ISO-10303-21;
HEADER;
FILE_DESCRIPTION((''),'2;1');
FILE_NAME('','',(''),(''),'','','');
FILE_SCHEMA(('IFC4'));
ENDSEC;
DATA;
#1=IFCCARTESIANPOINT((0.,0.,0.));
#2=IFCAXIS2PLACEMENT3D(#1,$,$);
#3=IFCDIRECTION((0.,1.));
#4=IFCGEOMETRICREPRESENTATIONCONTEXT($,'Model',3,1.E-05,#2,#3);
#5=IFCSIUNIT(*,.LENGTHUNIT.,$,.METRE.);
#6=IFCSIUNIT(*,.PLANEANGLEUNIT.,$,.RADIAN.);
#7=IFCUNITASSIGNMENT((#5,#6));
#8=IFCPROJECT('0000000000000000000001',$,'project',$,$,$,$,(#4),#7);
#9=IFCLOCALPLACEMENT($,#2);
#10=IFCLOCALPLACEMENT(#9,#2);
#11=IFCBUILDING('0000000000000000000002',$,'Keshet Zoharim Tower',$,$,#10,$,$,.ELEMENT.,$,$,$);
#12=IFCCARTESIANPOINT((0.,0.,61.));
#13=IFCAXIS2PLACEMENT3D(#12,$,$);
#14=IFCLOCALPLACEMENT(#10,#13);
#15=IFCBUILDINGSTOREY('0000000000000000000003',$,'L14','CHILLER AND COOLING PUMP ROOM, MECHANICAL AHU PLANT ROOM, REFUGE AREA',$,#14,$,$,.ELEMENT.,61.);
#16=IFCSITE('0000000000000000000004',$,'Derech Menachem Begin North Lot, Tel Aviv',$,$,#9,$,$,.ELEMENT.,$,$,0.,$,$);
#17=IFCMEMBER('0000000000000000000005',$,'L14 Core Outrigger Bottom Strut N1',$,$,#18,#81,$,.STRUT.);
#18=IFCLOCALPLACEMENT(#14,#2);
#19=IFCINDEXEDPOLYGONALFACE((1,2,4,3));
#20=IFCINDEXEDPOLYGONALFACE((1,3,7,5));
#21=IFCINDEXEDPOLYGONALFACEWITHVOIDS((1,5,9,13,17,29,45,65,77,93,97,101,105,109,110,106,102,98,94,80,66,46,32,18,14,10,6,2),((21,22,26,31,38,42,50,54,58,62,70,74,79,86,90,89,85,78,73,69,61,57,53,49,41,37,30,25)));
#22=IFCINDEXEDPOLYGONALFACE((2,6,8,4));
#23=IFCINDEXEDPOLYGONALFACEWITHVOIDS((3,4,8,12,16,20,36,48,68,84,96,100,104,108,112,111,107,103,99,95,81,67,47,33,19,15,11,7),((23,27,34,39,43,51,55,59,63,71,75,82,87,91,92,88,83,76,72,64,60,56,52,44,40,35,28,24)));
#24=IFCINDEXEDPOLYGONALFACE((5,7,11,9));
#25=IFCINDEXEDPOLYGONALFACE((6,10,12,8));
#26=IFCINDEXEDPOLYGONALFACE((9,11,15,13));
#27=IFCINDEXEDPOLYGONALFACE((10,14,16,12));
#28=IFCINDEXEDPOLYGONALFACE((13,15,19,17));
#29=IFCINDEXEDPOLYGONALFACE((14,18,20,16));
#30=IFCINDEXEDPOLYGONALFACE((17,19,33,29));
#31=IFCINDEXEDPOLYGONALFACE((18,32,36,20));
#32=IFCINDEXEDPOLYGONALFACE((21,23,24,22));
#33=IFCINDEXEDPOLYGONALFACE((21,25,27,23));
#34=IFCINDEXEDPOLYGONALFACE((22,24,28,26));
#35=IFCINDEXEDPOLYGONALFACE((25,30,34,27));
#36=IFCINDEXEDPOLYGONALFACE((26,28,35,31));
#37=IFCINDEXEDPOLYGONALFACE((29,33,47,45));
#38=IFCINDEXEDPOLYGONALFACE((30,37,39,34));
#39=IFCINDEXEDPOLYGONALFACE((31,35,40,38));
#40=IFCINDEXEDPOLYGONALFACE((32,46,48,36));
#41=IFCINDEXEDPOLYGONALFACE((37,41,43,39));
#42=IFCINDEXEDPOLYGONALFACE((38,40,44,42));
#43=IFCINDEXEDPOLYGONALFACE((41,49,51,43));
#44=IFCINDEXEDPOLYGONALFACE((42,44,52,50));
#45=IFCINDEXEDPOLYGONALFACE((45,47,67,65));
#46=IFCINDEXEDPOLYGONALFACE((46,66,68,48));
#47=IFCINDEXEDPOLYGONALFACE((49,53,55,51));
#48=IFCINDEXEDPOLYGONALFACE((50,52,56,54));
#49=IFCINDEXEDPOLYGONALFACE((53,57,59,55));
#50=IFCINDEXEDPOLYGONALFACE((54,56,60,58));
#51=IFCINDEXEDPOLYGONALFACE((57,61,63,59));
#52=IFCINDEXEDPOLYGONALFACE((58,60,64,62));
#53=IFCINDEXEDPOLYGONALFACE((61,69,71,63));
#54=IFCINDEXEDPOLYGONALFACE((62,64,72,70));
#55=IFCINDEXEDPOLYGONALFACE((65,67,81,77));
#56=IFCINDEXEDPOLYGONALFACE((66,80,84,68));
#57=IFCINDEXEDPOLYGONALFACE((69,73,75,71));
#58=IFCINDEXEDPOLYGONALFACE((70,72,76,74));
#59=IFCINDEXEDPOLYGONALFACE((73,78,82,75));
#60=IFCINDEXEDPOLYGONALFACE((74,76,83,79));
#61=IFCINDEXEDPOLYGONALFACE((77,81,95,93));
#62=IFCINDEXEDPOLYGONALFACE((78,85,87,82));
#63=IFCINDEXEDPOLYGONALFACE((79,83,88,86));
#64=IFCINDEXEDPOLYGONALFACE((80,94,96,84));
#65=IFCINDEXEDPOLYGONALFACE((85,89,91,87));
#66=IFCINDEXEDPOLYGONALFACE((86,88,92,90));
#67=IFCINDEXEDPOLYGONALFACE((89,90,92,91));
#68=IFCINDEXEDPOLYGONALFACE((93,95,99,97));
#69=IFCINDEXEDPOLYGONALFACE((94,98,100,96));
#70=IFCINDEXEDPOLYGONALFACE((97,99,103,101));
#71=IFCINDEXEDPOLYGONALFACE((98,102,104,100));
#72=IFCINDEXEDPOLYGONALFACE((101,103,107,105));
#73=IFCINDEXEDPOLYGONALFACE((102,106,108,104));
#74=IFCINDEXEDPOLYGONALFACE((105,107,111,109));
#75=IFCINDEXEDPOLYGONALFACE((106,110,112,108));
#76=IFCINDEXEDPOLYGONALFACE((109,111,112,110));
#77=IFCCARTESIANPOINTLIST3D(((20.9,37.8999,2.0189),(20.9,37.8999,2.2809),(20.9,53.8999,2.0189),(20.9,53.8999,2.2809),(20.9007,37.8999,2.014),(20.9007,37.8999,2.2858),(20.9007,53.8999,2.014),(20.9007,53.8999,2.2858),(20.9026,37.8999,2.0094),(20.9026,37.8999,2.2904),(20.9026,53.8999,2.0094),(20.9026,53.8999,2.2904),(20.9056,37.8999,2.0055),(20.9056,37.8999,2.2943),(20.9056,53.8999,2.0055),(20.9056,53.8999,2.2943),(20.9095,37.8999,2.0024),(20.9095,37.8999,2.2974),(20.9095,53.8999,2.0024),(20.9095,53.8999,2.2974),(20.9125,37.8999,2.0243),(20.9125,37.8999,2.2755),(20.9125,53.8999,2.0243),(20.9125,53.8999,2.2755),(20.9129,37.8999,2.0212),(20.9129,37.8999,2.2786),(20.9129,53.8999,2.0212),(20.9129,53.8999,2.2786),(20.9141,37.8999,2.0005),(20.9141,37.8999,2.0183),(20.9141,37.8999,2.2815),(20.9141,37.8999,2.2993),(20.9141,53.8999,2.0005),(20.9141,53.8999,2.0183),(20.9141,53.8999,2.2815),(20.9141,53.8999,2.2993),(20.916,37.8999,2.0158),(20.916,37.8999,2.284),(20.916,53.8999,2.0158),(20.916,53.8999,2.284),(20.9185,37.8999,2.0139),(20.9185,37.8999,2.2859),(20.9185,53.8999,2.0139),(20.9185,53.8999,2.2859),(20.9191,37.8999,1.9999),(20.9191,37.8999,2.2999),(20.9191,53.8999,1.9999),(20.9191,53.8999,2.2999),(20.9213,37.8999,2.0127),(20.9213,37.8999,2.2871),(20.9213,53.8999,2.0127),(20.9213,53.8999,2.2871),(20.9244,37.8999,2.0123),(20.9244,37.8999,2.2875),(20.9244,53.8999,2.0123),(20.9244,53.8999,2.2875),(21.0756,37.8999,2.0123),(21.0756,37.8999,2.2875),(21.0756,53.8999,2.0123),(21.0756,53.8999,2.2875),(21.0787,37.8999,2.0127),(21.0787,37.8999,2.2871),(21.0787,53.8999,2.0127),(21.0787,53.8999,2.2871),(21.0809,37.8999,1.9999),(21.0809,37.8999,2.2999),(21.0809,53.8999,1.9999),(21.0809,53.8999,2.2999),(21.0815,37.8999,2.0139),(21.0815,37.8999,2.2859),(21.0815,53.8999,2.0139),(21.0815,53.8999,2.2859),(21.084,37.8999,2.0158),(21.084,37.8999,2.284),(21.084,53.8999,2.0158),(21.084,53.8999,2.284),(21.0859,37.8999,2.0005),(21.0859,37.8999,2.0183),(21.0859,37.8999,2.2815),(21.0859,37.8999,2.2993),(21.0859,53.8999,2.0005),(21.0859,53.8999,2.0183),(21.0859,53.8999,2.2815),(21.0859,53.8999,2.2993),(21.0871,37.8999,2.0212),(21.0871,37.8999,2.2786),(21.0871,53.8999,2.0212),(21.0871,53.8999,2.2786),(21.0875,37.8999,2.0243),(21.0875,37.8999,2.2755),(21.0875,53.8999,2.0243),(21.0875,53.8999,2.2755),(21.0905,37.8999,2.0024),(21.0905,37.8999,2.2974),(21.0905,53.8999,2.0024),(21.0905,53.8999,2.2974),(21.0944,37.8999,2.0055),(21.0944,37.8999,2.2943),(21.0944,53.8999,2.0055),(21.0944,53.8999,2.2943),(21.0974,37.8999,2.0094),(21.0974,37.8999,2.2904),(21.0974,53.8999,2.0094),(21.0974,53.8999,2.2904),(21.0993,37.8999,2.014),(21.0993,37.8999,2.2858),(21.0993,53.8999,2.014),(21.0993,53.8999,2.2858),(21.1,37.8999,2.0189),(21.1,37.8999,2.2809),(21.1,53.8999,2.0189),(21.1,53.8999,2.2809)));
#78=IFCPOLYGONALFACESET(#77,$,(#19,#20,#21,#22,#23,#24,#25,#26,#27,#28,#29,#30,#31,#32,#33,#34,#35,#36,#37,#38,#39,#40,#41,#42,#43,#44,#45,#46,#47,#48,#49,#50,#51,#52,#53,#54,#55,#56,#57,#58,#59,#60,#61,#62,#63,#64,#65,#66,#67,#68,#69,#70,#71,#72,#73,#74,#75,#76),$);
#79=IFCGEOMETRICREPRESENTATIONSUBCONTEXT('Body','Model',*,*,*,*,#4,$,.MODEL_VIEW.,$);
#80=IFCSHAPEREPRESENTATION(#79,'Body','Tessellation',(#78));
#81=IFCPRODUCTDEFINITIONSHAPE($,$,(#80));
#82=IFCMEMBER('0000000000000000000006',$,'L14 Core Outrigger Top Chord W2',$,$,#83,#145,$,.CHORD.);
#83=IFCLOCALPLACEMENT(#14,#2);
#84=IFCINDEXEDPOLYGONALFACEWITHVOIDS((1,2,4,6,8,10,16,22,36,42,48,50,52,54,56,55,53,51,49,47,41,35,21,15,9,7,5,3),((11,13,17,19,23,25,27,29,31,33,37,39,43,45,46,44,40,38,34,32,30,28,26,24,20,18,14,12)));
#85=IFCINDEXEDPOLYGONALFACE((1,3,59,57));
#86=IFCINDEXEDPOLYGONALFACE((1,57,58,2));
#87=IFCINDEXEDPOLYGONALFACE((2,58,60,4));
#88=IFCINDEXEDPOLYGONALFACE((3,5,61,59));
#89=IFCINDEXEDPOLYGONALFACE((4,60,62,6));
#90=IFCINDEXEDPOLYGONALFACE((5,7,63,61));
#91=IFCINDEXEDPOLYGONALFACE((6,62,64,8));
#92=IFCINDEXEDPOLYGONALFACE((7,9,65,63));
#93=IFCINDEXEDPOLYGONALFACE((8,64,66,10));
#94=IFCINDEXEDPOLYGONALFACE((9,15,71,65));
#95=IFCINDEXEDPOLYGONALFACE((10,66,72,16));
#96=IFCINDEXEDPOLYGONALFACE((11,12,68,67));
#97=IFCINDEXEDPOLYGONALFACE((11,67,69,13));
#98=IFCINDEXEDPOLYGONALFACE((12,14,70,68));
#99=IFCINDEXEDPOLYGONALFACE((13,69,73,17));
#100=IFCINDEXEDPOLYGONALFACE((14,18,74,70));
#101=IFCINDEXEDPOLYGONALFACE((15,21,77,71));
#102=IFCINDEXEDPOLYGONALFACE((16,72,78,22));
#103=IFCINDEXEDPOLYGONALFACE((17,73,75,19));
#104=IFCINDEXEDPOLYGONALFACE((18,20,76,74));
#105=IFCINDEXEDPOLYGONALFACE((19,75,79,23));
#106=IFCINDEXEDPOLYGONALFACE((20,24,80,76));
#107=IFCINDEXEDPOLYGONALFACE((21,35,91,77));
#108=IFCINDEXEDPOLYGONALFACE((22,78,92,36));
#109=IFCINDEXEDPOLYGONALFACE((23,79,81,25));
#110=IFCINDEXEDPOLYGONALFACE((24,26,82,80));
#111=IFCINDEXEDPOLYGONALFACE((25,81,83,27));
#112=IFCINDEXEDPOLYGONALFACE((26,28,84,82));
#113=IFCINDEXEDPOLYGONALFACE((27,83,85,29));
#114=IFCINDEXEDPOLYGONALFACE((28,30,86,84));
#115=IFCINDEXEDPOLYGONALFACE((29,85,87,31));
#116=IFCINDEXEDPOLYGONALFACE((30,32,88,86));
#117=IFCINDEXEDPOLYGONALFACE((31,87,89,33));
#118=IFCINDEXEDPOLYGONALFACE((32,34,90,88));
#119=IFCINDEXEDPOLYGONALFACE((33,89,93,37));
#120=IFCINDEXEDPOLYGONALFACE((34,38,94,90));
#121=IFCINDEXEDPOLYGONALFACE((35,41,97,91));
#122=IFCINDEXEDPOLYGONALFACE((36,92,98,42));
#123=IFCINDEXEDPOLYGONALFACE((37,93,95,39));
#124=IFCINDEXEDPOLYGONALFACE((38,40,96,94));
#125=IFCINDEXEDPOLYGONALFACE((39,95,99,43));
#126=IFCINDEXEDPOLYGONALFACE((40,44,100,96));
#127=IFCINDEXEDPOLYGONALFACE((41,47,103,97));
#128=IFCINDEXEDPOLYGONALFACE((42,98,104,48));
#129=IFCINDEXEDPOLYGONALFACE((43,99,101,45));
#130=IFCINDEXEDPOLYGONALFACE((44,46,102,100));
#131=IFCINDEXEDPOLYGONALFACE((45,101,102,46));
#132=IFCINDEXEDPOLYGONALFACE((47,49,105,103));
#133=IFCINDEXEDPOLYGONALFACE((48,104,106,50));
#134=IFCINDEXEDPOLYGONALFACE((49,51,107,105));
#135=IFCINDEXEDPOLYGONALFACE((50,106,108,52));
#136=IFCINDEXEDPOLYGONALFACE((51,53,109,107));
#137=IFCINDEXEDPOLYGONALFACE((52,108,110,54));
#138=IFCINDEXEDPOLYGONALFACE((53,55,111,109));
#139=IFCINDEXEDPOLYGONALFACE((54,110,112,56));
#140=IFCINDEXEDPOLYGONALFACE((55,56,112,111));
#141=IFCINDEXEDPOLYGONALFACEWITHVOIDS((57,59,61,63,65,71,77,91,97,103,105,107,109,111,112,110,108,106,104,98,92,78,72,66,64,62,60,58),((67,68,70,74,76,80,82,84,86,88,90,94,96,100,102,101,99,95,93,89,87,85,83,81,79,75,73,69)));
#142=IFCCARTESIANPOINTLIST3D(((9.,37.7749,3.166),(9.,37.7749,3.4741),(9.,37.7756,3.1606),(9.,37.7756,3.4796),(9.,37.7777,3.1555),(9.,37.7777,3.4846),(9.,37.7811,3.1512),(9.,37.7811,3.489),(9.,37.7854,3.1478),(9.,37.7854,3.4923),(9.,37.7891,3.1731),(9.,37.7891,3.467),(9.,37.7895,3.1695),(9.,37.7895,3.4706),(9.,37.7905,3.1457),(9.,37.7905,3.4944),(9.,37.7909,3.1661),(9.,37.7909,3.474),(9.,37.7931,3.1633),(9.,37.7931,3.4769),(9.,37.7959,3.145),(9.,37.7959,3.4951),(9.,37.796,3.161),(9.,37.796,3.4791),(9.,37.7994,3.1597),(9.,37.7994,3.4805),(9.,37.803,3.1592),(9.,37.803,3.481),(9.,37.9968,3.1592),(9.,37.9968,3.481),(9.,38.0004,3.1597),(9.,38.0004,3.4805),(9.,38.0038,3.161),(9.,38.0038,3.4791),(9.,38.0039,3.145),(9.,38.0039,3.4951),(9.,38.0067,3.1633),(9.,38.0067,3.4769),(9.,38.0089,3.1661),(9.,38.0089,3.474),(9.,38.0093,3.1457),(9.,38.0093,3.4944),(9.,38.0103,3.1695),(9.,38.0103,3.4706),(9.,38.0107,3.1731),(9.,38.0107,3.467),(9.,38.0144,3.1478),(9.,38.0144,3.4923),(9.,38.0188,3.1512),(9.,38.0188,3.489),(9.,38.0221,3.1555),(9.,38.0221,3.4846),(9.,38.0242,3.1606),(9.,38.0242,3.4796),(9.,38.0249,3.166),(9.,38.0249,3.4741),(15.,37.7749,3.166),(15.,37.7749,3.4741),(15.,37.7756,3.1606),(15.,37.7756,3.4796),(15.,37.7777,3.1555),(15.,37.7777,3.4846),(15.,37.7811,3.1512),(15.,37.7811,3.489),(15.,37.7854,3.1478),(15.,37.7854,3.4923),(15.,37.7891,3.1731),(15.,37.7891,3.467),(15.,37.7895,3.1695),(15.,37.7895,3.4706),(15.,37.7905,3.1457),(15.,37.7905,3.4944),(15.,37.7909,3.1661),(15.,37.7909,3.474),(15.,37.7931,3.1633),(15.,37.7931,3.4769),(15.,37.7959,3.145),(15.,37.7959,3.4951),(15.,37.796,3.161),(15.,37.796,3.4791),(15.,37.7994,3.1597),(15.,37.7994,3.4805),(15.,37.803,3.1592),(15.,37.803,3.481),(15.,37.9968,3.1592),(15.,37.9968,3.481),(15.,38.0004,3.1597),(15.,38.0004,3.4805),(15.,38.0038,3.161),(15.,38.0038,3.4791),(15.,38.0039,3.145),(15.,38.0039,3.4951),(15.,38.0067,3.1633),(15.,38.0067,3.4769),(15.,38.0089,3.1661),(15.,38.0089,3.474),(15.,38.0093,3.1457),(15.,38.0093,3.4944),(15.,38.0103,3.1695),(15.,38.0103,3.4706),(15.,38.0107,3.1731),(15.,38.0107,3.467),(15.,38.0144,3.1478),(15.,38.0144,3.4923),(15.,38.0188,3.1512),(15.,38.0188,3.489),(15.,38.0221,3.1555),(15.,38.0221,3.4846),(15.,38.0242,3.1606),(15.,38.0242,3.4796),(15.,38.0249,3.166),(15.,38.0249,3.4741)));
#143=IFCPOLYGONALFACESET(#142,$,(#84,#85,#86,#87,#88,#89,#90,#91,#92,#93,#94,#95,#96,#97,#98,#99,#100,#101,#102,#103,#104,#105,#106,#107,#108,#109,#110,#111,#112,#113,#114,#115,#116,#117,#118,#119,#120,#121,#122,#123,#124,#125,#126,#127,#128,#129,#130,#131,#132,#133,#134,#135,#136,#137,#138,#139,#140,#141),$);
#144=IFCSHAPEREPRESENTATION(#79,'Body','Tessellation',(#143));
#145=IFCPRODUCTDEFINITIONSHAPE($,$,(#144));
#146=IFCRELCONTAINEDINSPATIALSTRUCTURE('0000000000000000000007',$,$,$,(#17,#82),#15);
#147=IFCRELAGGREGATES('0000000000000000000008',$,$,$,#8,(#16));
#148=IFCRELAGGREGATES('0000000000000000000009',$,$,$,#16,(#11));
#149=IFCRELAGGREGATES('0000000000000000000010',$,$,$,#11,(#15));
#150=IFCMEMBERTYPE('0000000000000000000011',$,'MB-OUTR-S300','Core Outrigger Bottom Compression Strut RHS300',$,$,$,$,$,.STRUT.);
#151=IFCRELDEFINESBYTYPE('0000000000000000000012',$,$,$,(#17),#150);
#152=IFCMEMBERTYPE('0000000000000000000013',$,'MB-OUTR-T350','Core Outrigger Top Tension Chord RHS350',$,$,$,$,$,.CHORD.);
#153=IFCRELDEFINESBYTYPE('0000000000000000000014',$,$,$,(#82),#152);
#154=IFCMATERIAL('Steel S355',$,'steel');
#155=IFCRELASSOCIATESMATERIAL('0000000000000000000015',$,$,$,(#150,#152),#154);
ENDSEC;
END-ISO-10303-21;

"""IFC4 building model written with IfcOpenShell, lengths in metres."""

from ifc_helpers import new_model, si_unit, direction, frame, origin, origin_2d, place, context, subcontext, project, spatial, hollow_rectangle, extrude, material, material_profile, profile_set, type_object, element, save


model = new_model("IFC4")

# Units and contexts
model_context = context("Model", 3, precision=1e-05, world=origin(), true_north=direction((0.0, 1.0)))
body_context = subcontext(model_context, "Body", "Model", "MODEL_VIEW")
ifc_project = project(units=[si_unit("LENGTHUNIT", "METRE"), si_unit("PLANEANGLEUNIT", "RADIAN")], contexts=[model_context])

# Site, building, storey
site_placement = place(None, origin())
site = spatial("IfcSite", under=ifc_project, at=site_placement, Name="Derech Menachem Begin North Lot, Tel Aviv", CompositionType="ELEMENT", RefElevation=0.0)
building_placement = place(site_placement, origin())
building = spatial("IfcBuilding", under=site, at=building_placement, Name="Keshet Zoharim Tower", CompositionType="ELEMENT")
storey_placement = place(building_placement, frame((0.0, 0.0, 61.0)))
storey = spatial("IfcBuildingStorey", under=building, at=storey_placement, Name="L14", Description="CHILLER AND COOLING PUMP ROOM, MECHANICAL AHU PLANT ROOM, REFUGE AREA", CompositionType="ELEMENT", Elevation=61.0)

# Shared definitions
ifc_material_1 = material(Name="Steel S355", Category="steel")

# Members
ifc_material_profile_1 = material_profile(ifc_material_1, hollow_rectangle(XDim=0.2, YDim=0.3, WallThickness=0.0125, InnerFilletRadius=0.012, OuterFilletRadius=0.019, at=origin_2d()), Name="RHS300x200x12.5")
ifc_profile_set_1 = profile_set([ifc_material_profile_1], Name="Steel S355")
member_type_1 = type_object("IfcMemberType", Name="MB-OUTR-S300", Description="Core Outrigger Bottom Compression Strut RHS300", PredefinedType="STRUT", material=ifc_profile_set_1)
member_1_placement = place(storey_placement, frame((21.0, 37.8999, 2.1499), z_axis=(0.0, 1.0, 0.0), x_axis=(-1.0, 0.0, 0.0)))
element("IfcMember", 1, at=member_1_placement, inside=storey, type_object=member_type_1, Name="L14 Core Outrigger Bottom Strut N1", PredefinedType="STRUT", context=body_context, shape_type="SweptSolid", body=[
    extrude(hollow_rectangle(XDim=0.2, YDim=0.3, WallThickness=0.0125, InnerFilletRadius=0.012, OuterFilletRadius=0.019, at=origin_2d()), origin(), (0.0, 0.0, 1.0), 16.0),
])
ifc_material_profile_2 = material_profile(ifc_material_1, hollow_rectangle(XDim=0.25, YDim=0.3501, WallThickness=0.0142, InnerFilletRadius=0.0139, OuterFilletRadius=0.021, at=origin_2d()), Name="RHS350x250x14.2")
ifc_profile_set_2 = profile_set([ifc_material_profile_2], Name="Steel S355")
member_type_2 = type_object("IfcMemberType", Name="MB-OUTR-T350", Description="Core Outrigger Top Tension Chord RHS350", PredefinedType="CHORD", material=ifc_profile_set_2)
member_2_placement = place(storey_placement, frame((15.0, 37.8999, 3.3201), z_axis=(-1.0, 0.0, 0.0), x_axis=(0.0, -1.0, 0.0)))
element("IfcMember", 2, at=member_2_placement, inside=storey, type_object=member_type_2, Name="L14 Core Outrigger Top Chord W2", PredefinedType="CHORD", context=body_context, shape_type="SweptSolid", body=[
    extrude(hollow_rectangle(XDim=0.25, YDim=0.3501, WallThickness=0.0142, InnerFilletRadius=0.0139, OuterFilletRadius=0.021, at=origin_2d()), origin(), (0.0, 0.0, 1.0), 6.0),
])

save(model, "model.ifc")
